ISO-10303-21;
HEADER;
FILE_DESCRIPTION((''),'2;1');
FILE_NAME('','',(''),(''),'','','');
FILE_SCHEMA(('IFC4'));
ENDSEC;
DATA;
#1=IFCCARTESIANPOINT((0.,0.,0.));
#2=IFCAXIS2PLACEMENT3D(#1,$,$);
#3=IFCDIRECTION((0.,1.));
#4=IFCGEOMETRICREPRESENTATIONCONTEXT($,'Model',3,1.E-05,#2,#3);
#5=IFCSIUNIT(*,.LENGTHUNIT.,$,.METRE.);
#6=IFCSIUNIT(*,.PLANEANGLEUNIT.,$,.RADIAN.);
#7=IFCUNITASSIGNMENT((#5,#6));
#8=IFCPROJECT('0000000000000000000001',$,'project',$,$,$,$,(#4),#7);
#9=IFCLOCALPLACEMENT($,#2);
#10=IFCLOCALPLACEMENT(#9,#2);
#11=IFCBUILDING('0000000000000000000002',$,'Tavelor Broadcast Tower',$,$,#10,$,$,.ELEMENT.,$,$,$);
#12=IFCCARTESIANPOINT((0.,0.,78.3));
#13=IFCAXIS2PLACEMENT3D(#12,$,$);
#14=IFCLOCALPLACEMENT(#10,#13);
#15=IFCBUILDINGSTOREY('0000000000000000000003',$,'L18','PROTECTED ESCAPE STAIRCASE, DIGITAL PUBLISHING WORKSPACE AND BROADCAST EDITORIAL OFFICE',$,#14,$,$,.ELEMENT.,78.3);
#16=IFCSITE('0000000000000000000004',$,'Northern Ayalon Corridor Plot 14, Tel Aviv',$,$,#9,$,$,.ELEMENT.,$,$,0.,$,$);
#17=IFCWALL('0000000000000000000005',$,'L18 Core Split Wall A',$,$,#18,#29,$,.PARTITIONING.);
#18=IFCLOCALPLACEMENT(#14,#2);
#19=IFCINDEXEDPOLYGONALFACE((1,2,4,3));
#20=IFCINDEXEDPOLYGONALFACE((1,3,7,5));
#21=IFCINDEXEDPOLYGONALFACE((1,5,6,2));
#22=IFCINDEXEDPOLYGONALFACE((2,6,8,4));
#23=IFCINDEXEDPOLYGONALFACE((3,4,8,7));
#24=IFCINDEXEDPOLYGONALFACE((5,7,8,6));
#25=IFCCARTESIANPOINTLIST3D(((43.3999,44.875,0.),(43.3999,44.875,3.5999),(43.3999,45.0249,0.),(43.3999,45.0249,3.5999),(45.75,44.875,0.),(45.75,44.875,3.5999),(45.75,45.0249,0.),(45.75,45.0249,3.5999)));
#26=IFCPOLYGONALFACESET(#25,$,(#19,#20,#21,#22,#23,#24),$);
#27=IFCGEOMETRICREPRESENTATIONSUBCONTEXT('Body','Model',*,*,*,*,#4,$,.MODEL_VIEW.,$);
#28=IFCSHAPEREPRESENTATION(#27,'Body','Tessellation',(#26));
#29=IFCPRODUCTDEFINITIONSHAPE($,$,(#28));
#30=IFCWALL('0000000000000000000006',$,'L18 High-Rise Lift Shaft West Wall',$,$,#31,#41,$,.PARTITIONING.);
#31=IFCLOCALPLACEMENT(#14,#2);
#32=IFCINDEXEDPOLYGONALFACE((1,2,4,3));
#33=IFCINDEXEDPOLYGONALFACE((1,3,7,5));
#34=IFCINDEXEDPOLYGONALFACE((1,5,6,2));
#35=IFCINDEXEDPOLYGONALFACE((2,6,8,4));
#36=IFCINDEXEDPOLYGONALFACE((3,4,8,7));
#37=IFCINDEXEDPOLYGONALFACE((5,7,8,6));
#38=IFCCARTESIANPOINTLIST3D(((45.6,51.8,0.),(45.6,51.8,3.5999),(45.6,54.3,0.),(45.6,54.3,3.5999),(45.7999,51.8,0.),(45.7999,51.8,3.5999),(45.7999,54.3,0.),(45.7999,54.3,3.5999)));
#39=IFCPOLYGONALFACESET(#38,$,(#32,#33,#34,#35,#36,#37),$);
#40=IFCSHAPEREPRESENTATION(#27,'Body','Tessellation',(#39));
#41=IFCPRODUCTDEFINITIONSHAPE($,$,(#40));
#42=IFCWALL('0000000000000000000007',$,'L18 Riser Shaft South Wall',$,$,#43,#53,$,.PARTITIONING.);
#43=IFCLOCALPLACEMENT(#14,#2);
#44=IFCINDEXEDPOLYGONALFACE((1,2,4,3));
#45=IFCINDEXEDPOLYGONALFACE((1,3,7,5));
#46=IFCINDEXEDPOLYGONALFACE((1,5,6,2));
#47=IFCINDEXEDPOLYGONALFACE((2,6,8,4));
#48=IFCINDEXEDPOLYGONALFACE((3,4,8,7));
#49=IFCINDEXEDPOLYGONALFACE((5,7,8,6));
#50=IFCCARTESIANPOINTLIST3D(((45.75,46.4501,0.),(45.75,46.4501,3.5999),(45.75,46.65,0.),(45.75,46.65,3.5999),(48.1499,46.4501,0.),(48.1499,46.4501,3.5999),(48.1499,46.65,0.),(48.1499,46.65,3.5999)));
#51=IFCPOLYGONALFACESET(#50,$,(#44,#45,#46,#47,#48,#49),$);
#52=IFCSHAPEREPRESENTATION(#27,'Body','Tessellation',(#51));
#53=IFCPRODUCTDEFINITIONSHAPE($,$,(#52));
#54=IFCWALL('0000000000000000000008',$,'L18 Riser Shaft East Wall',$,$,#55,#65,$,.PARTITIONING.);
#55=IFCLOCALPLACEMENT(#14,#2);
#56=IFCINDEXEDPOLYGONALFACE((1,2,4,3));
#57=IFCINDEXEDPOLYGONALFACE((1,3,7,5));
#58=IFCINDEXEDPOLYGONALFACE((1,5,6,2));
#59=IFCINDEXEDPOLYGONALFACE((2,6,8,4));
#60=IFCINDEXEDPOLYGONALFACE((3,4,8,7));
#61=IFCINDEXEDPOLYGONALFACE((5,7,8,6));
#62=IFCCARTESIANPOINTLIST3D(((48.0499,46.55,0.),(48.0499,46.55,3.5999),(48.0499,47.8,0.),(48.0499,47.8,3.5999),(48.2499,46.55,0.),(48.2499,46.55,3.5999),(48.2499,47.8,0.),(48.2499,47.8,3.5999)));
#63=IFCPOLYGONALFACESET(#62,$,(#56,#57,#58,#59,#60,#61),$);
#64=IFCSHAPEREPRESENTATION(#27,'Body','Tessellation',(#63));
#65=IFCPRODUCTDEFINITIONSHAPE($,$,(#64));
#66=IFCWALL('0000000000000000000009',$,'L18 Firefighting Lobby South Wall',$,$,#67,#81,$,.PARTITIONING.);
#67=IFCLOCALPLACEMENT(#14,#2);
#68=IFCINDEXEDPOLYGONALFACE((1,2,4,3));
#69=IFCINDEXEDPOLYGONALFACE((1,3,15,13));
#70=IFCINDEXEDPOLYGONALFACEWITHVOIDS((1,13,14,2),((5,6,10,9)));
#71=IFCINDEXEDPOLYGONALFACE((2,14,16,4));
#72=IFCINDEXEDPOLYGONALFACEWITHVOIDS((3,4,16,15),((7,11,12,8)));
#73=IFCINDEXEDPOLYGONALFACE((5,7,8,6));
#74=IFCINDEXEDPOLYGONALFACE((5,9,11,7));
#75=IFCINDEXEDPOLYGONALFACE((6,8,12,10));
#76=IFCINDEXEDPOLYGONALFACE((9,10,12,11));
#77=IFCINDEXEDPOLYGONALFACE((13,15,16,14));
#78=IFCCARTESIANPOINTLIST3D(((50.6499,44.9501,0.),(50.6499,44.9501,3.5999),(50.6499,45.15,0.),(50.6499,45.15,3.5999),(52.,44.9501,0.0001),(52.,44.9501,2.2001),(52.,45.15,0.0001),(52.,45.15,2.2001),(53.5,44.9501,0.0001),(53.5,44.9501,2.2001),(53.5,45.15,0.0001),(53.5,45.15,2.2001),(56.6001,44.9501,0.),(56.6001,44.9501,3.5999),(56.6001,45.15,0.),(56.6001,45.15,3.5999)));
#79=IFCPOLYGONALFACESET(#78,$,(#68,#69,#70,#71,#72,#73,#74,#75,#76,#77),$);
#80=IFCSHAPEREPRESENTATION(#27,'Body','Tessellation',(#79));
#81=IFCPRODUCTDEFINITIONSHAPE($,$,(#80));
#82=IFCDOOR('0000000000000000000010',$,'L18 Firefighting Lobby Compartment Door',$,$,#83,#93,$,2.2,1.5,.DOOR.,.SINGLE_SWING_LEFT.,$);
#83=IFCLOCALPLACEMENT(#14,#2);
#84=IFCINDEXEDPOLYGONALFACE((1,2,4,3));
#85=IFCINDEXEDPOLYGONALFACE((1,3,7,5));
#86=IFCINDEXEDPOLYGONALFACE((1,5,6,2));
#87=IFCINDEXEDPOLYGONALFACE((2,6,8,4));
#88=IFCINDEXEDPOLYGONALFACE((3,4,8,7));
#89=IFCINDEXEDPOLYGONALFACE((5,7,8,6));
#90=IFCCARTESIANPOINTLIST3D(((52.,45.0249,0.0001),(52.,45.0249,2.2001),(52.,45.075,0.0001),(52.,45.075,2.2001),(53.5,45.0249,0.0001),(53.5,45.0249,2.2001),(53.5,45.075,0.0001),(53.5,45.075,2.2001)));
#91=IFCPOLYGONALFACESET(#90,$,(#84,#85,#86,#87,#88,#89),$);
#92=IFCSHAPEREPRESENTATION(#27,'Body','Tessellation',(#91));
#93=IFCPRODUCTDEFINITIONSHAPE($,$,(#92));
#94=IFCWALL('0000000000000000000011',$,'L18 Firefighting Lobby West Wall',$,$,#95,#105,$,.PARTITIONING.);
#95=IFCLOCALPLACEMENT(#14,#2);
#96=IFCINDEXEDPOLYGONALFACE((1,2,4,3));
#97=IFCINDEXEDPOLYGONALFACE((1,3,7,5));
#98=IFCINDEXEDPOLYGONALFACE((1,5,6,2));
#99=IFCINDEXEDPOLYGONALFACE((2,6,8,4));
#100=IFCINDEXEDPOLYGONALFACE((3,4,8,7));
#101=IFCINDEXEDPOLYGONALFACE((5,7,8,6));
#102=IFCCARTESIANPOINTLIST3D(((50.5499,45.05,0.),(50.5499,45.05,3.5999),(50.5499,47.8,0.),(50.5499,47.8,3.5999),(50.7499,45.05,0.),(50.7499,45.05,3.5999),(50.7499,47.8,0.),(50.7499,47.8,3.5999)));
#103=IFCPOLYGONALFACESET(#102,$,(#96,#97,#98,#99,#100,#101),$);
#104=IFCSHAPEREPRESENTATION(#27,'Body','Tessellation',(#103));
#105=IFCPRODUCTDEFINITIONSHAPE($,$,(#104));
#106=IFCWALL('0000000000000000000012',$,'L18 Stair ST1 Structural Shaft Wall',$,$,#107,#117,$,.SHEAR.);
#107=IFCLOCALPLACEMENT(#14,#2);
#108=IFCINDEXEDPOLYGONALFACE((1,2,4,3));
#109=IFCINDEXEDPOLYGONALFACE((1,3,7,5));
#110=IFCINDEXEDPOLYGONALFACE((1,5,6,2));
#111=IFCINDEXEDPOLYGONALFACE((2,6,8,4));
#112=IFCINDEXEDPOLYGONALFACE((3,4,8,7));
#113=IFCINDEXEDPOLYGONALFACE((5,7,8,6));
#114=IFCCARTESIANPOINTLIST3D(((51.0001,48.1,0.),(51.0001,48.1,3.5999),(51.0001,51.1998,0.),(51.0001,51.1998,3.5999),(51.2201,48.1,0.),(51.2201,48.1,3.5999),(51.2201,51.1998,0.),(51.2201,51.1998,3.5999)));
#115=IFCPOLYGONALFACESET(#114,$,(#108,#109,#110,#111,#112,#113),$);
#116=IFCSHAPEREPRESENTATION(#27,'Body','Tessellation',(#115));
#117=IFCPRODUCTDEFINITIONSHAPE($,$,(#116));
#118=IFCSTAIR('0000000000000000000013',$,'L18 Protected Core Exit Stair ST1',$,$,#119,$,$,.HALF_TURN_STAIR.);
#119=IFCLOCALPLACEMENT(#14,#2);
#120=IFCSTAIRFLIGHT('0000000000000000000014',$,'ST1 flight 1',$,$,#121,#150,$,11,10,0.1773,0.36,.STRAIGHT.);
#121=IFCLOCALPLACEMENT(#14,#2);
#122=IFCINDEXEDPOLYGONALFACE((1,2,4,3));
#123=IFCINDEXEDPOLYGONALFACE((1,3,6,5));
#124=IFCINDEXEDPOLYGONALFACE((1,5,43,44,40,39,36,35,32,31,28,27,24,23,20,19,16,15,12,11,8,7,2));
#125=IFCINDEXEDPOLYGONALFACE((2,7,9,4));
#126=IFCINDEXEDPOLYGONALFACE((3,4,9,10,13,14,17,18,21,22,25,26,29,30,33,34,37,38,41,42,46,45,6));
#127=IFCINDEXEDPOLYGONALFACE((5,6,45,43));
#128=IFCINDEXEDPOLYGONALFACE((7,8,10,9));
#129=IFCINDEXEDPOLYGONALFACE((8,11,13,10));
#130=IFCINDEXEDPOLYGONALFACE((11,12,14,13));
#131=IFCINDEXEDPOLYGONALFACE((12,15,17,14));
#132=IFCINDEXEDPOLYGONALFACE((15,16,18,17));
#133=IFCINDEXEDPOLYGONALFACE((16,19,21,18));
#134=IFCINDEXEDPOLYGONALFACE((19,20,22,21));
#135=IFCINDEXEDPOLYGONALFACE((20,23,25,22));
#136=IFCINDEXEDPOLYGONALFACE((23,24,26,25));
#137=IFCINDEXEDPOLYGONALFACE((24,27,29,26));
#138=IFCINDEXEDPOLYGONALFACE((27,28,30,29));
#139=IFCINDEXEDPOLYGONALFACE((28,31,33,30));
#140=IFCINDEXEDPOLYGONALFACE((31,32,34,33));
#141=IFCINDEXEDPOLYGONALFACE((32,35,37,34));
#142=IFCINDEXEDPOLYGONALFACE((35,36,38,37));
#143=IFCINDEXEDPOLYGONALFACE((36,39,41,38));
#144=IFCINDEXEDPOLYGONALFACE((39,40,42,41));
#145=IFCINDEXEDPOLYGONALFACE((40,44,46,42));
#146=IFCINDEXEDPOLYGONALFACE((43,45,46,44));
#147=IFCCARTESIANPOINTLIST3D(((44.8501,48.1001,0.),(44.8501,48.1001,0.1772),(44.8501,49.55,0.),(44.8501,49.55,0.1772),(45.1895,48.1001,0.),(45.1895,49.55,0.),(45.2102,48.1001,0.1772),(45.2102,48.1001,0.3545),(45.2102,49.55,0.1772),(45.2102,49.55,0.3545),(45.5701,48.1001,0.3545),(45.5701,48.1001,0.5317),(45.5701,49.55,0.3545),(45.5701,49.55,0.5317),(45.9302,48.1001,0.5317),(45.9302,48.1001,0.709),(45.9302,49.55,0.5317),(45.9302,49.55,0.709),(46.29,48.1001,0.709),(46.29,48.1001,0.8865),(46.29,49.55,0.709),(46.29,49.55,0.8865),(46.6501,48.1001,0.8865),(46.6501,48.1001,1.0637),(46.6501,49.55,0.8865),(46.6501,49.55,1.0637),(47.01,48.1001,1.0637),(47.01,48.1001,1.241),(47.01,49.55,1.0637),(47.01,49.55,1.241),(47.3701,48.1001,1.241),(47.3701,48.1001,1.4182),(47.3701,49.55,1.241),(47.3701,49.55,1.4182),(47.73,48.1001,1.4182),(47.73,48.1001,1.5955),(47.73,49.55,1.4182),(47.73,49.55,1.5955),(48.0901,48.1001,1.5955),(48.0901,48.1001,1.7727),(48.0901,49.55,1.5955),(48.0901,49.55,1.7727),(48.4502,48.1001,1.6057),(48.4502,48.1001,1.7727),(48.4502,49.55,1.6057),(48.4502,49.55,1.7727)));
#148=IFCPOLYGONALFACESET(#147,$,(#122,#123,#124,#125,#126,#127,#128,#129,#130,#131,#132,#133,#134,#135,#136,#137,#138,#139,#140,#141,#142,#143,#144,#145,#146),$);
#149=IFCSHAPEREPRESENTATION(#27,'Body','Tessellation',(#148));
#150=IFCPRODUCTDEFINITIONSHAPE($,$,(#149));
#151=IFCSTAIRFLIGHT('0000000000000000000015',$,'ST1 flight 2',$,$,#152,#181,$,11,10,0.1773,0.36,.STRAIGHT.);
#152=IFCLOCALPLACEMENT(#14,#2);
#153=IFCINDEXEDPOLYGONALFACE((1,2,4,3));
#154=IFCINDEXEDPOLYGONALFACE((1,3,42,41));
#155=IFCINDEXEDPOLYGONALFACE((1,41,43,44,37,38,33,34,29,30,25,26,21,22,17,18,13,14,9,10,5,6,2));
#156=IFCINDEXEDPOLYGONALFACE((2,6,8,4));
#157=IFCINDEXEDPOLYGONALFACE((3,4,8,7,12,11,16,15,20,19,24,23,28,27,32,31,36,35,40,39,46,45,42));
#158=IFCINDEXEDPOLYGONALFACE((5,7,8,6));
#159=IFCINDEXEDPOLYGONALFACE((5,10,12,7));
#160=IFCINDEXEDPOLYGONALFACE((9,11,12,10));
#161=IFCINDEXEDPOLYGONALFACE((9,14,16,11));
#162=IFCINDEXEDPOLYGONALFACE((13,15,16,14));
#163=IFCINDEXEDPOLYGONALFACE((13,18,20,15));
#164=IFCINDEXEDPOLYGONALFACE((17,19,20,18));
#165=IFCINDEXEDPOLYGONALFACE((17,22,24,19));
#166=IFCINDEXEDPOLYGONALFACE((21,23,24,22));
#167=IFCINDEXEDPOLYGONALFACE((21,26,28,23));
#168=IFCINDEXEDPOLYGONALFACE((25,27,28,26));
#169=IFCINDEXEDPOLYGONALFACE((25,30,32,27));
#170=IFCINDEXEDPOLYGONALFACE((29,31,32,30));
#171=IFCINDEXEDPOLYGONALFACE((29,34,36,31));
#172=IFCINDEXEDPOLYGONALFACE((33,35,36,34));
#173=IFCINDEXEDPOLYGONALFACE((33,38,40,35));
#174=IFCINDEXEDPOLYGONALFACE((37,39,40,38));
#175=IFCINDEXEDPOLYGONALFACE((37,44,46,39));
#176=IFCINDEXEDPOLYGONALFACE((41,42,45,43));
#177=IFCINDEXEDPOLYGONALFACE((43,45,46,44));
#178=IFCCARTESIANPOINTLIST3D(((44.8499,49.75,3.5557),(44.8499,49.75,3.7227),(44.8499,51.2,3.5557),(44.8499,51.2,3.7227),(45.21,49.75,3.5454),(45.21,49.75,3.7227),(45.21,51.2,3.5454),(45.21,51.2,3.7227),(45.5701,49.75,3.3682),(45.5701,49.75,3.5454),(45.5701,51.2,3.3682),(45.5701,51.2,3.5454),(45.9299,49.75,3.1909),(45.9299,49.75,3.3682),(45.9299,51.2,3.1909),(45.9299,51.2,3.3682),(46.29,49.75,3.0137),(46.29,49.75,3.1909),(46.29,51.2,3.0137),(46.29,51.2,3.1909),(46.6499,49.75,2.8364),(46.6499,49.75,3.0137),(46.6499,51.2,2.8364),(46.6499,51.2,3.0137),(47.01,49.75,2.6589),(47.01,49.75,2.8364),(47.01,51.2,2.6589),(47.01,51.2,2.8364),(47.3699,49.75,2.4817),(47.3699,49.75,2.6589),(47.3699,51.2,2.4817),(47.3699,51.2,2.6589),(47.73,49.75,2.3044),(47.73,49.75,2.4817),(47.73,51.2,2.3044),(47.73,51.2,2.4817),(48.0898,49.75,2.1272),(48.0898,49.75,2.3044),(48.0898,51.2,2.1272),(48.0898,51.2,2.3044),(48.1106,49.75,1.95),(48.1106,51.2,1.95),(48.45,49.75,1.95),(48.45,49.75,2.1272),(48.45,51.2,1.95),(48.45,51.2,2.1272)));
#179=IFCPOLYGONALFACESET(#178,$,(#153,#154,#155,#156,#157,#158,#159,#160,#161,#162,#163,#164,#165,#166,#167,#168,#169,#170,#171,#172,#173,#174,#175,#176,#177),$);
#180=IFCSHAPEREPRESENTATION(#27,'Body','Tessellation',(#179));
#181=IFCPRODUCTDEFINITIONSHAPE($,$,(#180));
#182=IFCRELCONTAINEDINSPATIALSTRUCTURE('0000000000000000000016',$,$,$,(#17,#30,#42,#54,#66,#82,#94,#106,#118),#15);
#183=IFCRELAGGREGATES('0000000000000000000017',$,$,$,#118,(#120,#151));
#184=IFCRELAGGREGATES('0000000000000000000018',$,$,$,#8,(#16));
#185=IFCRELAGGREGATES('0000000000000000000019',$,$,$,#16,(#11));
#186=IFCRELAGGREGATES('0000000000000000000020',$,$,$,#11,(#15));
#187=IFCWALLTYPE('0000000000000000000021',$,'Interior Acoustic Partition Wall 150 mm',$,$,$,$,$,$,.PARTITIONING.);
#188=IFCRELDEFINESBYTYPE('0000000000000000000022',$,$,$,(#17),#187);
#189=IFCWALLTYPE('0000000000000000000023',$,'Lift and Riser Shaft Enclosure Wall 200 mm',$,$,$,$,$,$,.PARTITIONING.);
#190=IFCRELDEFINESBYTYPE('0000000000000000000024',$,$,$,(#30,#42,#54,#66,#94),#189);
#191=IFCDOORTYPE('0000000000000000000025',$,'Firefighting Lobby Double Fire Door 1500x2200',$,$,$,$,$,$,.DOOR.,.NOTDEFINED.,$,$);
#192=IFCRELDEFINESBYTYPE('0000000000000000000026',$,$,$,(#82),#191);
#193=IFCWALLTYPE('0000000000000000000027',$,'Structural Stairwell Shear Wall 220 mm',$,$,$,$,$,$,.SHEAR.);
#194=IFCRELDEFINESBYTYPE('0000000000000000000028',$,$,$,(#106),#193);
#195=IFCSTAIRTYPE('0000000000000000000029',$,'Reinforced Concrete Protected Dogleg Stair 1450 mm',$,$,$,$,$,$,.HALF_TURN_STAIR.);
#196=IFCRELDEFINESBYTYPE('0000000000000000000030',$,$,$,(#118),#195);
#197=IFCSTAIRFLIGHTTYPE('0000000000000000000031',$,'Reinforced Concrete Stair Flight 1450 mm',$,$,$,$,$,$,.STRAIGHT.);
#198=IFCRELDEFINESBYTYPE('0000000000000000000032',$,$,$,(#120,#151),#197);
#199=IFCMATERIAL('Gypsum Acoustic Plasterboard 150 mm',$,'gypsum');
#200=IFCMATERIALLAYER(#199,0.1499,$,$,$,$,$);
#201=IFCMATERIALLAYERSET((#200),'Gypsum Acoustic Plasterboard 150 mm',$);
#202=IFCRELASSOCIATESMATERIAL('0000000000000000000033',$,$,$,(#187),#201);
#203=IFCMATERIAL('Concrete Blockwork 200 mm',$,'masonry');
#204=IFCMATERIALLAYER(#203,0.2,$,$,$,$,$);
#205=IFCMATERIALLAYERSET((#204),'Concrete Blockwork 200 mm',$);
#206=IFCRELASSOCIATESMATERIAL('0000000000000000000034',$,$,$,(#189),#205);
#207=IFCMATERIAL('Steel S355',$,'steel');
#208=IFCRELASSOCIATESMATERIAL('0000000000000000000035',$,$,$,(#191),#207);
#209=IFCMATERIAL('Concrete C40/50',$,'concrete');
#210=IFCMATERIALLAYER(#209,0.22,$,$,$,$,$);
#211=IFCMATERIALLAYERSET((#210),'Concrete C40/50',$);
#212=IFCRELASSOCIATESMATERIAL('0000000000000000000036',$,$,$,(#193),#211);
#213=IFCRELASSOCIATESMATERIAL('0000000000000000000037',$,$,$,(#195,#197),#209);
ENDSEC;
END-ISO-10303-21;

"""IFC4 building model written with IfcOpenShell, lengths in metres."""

from ifc_helpers import new_model, si_unit, direction, frame, frame_2d, origin, place, context, subcontext, project, spatial, polyline, rectangle, outline, extrude, material, layer, layer_set, type_object, element, fill, aggregate, save


model = new_model("IFC4")

# Units and contexts
model_context = context("Model", 3, precision=1e-05, world=origin(), true_north=direction((0.0, 1.0)))
body_context = subcontext(model_context, "Body", "Model", "MODEL_VIEW")
ifc_project = project(units=[si_unit("LENGTHUNIT", "METRE"), si_unit("PLANEANGLEUNIT", "RADIAN")], contexts=[model_context])

# Site, building, storey
site_placement = place(None, origin())
site = spatial("IfcSite", under=ifc_project, at=site_placement, Name="Northern Ayalon Corridor Plot 14, Tel Aviv", CompositionType="ELEMENT", RefElevation=0.0)
building_placement = place(site_placement, origin())
building = spatial("IfcBuilding", under=site, at=building_placement, Name="Tavelor Broadcast Tower", CompositionType="ELEMENT")
storey_placement = place(building_placement, frame((0.0, 0.0, 78.3)))
storey = spatial("IfcBuildingStorey", under=building, at=storey_placement, Name="L18", Description="PROTECTED ESCAPE STAIRCASE, DIGITAL PUBLISHING WORKSPACE AND BROADCAST EDITORIAL OFFICE", CompositionType="ELEMENT", Elevation=78.3)

# Shared definitions
ifc_material_1 = material(Name="Concrete C40/50", Category="concrete")
ifc_material_2 = material(Name="Steel S355", Category="steel")

# Walls
ifc_material_3 = material(Name="Gypsum Acoustic Plasterboard 150 mm", Category="gypsum")
ifc_layer_1 = layer(ifc_material_3, 0.1499)
ifc_layer_set_1 = layer_set([ifc_layer_1], Name="Gypsum Acoustic Plasterboard 150 mm")
wall_type_1 = type_object("IfcWallType", Name="Interior Acoustic Partition Wall 150 mm", PredefinedType="PARTITIONING", material=ifc_layer_set_1)
wall_1_placement = place(storey_placement, frame((43.3999, 44.95, 0.0), z_axis=(0.0, 0.0, 1.0), x_axis=(1.0, 0.0, 0.0)))
element("IfcWall", 1, at=wall_1_placement, inside=storey, type_object=wall_type_1, Name="L18 Core Split Wall A", PredefinedType="PARTITIONING", context=body_context, shape_type="SweptSolid", body=[
    extrude(rectangle(XDim=2.3501, YDim=0.1499, at=frame_2d((1.175, 0.0))), origin(), (0.0, 0.0, 1.0), 3.5999),
])
ifc_material_4 = material(Name="Concrete Blockwork 200 mm", Category="masonry")
ifc_layer_2 = layer(ifc_material_4, 0.2)
ifc_layer_set_2 = layer_set([ifc_layer_2], Name="Concrete Blockwork 200 mm")
wall_type_2 = type_object("IfcWallType", Name="Lift and Riser Shaft Enclosure Wall 200 mm", PredefinedType="PARTITIONING", material=ifc_layer_set_2)
wall_2_placement = place(storey_placement, frame((45.7, 51.8, 0.0), z_axis=(0.0, 0.0, 1.0), x_axis=(0.0, 1.0, 0.0)))
element("IfcWall", 2, at=wall_2_placement, inside=storey, type_object=wall_type_2, Name="L18 High-Rise Lift Shaft West Wall", PredefinedType="PARTITIONING", context=body_context, shape_type="SweptSolid", body=[
    extrude(rectangle(XDim=2.5, YDim=0.2, at=frame_2d((1.25, 0.0))), origin(), (0.0, 0.0, 1.0), 3.5999),
])
wall_3_placement = place(storey_placement, frame((45.75, 46.55, 0.0), z_axis=(0.0, 0.0, 1.0), x_axis=(1.0, 0.0, 0.0)))
element("IfcWall", 3, at=wall_3_placement, inside=storey, type_object=wall_type_2, Name="L18 Riser Shaft South Wall", PredefinedType="PARTITIONING", context=body_context, shape_type="SweptSolid", body=[
    extrude(rectangle(XDim=2.3999, YDim=0.2, at=frame_2d((1.2, 0.0))), origin(), (0.0, 0.0, 1.0), 3.5999),
])
wall_4_placement = place(storey_placement, frame((48.1499, 46.55, 0.0), z_axis=(0.0, 0.0, 1.0), x_axis=(0.0, 1.0, 0.0)))
element("IfcWall", 4, at=wall_4_placement, inside=storey, type_object=wall_type_2, Name="L18 Riser Shaft East Wall", PredefinedType="PARTITIONING", context=body_context, shape_type="SweptSolid", body=[
    extrude(rectangle(XDim=1.25, YDim=0.2, at=frame_2d((0.625, 0.0))), origin(), (0.0, 0.0, 1.0), 3.5999),
])

# Wall, opening, door
wall_5_placement = place(storey_placement, frame((50.6499, 45.05, 0.0), z_axis=(0.0, 0.0, 1.0), x_axis=(1.0, 0.0, 0.0)))
wall_5 = element("IfcWall", 5, at=wall_5_placement, inside=storey, type_object=wall_type_2, Name="L18 Firefighting Lobby South Wall", PredefinedType="PARTITIONING", context=body_context, shape_type="SweptSolid", body=[
    extrude(rectangle(XDim=5.9502, YDim=0.2, at=frame_2d((2.9751, 0.0))), origin(), (0.0, 0.0, 1.0), 3.5999),
])
opening_1_placement = place(wall_5_placement, frame((1.3501, 0.0, 0.0)))
opening_1 = element("IfcOpeningElement", 6, at=opening_1_placement, cuts=wall_5, PredefinedType="OPENING", context=body_context, shape_type="SweptSolid", body=[
    extrude(rectangle(XDim=1.5, YDim=2.2, at=frame_2d((0.75, 1.1001))), frame((0.0, 0.1099, 0.0), z_axis=(0.0, -1.0, 0.0), x_axis=(1.0, 0.0, 0.0)), (0.0, 0.0, 1.0), 0.22),
])
door_type_1 = type_object("IfcDoorType", Name="Firefighting Lobby Double Fire Door 1500x2200", OperationType="NOTDEFINED", PredefinedType="DOOR", material=ifc_material_2)
door_1_placement = place(opening_1_placement, origin())
door_1 = element("IfcDoor", 7, at=door_1_placement, inside=storey, type_object=door_type_1, Name="L18 Firefighting Lobby Compartment Door", OperationType="SINGLE_SWING_LEFT", OverallHeight=2.2, OverallWidth=1.5, PredefinedType="DOOR", context=body_context, shape_type="SweptSolid", body=[
    extrude(rectangle(XDim=1.5, YDim=2.2, at=frame_2d((0.75, 1.1001))), frame((0.0, 0.0249, 0.0), z_axis=(0.0, -1.0, 0.0), x_axis=(1.0, 0.0, 0.0)), (0.0, 0.0, 1.0), 0.05),
])
fill(opening_1, door_1)

# Walls
wall_6_placement = place(storey_placement, frame((50.6499, 45.05, 0.0), z_axis=(0.0, 0.0, 1.0), x_axis=(0.0, 1.0, 0.0)))
element("IfcWall", 8, at=wall_6_placement, inside=storey, type_object=wall_type_2, Name="L18 Firefighting Lobby West Wall", PredefinedType="PARTITIONING", context=body_context, shape_type="SweptSolid", body=[
    extrude(rectangle(XDim=2.75, YDim=0.2, at=frame_2d((1.375, 0.0))), origin(), (0.0, 0.0, 1.0), 3.5999),
])
ifc_layer_3 = layer(ifc_material_1, 0.22)
ifc_layer_set_3 = layer_set([ifc_layer_3], Name="Concrete C40/50")
wall_type_3 = type_object("IfcWallType", Name="Structural Stairwell Shear Wall 220 mm", PredefinedType="SHEAR", material=ifc_layer_set_3)
wall_7_placement = place(storey_placement, frame((51.1101, 48.1001, 0.0), z_axis=(0.0, 0.0, 1.0), x_axis=(0.0, 1.0, 0.0)))
element("IfcWall", 9, at=wall_7_placement, inside=storey, type_object=wall_type_3, Name="L18 Stair ST1 Structural Shaft Wall", PredefinedType="SHEAR", context=body_context, shape_type="SweptSolid", body=[
    extrude(rectangle(XDim=3.0999, YDim=0.22, at=frame_2d((1.5498, 0.0))), origin(), (0.0, 0.0, 1.0), 3.5999),
])

# Stair, stair flights
stair_type = type_object("IfcStairType", Name="Reinforced Concrete Protected Dogleg Stair 1450 mm", PredefinedType="HALF_TURN_STAIR", material=ifc_material_1)
stair_placement = place(storey_placement, origin())
stair = element("IfcStair", 10, at=stair_placement, inside=storey, type_object=stair_type, Name="L18 Protected Core Exit Stair ST1", PredefinedType="HALF_TURN_STAIR")
stair_flight_type = type_object("IfcStairFlightType", Name="Reinforced Concrete Stair Flight 1450 mm", PredefinedType="STRAIGHT", material=ifc_material_1)
stair_flight_1_placement = place(storey_placement, frame((44.8501, 48.825, 0.0), z_axis=(0.0, 0.0, 1.0), x_axis=(1.0, 0.0, 0.0)))
stair_flight_1 = element("IfcStairFlight", 11, at=stair_flight_1_placement, type_object=stair_flight_type, Name="ST1 flight 1", NumberOfRisers=11, NumberOfTreads=10, PredefinedType="STRAIGHT", RiserHeight=0.1773, TreadLength=0.36, context=body_context, shape_type="SweptSolid", body=[
    extrude(outline(polyline([(0.0, 0.0), (0.0, 0.1772), (0.3601, 0.1772), (0.3601, 0.3545), (0.72, 0.3545), (0.72, 0.5317), (1.0801, 0.5317), (1.0801, 0.709), (1.4399, 0.709), (1.4399, 0.8865), (1.8, 0.8865), (1.8, 1.0637), (2.1599, 1.0637), (2.1599, 1.241), (2.52, 1.241), (2.52, 1.4182), (2.8799, 1.4182), (2.8799, 1.5955), (3.24, 1.5955), (3.24, 1.7727), (3.6001, 1.7727), (3.6001, 1.95), (3.6001, 1.6057), (0.3394, 0.0), (0.0, 0.0)])), frame((0.0, 0.7251, 0.0), z_axis=(0.0, -1.0, 0.0), x_axis=(1.0, 0.0, 0.0)), (0.0, 0.0, 1.0), 1.45),
])
stair_flight_2_placement = place(storey_placement, frame((48.45, 50.4751, 1.95), z_axis=(0.0, 0.0, 1.0), x_axis=(-1.0, 0.0, 0.0)))
stair_flight_2 = element("IfcStairFlight", 12, at=stair_flight_2_placement, type_object=stair_flight_type, Name="ST1 flight 2", NumberOfRisers=11, NumberOfTreads=10, PredefinedType="STRAIGHT", RiserHeight=0.1773, TreadLength=0.36, context=body_context, shape_type="SweptSolid", body=[
    extrude(outline(polyline([(0.0, 0.0), (0.0, 0.1772), (0.3601, 0.1772), (0.3601, 0.3545), (0.72, 0.3545), (0.72, 0.5317), (1.0801, 0.5317), (1.0801, 0.709), (1.4399, 0.709), (1.4399, 0.8865), (1.8, 0.8865), (1.8, 1.0637), (2.1599, 1.0637), (2.1599, 1.241), (2.52, 1.241), (2.52, 1.4182), (2.8799, 1.4182), (2.8799, 1.5955), (3.24, 1.5955), (3.24, 1.7727), (3.6001, 1.7727), (3.6001, 1.95), (3.6001, 1.6057), (0.3394, 0.0), (0.0, 0.0)])), frame((0.0, 0.7251, 0.0), z_axis=(0.0, -1.0, 0.0), x_axis=(1.0, 0.0, 0.0)), (0.0, 0.0, 1.0), 1.45),
])
aggregate(stair, [stair_flight_1, stair_flight_2])

save(model, "model.ifc")
